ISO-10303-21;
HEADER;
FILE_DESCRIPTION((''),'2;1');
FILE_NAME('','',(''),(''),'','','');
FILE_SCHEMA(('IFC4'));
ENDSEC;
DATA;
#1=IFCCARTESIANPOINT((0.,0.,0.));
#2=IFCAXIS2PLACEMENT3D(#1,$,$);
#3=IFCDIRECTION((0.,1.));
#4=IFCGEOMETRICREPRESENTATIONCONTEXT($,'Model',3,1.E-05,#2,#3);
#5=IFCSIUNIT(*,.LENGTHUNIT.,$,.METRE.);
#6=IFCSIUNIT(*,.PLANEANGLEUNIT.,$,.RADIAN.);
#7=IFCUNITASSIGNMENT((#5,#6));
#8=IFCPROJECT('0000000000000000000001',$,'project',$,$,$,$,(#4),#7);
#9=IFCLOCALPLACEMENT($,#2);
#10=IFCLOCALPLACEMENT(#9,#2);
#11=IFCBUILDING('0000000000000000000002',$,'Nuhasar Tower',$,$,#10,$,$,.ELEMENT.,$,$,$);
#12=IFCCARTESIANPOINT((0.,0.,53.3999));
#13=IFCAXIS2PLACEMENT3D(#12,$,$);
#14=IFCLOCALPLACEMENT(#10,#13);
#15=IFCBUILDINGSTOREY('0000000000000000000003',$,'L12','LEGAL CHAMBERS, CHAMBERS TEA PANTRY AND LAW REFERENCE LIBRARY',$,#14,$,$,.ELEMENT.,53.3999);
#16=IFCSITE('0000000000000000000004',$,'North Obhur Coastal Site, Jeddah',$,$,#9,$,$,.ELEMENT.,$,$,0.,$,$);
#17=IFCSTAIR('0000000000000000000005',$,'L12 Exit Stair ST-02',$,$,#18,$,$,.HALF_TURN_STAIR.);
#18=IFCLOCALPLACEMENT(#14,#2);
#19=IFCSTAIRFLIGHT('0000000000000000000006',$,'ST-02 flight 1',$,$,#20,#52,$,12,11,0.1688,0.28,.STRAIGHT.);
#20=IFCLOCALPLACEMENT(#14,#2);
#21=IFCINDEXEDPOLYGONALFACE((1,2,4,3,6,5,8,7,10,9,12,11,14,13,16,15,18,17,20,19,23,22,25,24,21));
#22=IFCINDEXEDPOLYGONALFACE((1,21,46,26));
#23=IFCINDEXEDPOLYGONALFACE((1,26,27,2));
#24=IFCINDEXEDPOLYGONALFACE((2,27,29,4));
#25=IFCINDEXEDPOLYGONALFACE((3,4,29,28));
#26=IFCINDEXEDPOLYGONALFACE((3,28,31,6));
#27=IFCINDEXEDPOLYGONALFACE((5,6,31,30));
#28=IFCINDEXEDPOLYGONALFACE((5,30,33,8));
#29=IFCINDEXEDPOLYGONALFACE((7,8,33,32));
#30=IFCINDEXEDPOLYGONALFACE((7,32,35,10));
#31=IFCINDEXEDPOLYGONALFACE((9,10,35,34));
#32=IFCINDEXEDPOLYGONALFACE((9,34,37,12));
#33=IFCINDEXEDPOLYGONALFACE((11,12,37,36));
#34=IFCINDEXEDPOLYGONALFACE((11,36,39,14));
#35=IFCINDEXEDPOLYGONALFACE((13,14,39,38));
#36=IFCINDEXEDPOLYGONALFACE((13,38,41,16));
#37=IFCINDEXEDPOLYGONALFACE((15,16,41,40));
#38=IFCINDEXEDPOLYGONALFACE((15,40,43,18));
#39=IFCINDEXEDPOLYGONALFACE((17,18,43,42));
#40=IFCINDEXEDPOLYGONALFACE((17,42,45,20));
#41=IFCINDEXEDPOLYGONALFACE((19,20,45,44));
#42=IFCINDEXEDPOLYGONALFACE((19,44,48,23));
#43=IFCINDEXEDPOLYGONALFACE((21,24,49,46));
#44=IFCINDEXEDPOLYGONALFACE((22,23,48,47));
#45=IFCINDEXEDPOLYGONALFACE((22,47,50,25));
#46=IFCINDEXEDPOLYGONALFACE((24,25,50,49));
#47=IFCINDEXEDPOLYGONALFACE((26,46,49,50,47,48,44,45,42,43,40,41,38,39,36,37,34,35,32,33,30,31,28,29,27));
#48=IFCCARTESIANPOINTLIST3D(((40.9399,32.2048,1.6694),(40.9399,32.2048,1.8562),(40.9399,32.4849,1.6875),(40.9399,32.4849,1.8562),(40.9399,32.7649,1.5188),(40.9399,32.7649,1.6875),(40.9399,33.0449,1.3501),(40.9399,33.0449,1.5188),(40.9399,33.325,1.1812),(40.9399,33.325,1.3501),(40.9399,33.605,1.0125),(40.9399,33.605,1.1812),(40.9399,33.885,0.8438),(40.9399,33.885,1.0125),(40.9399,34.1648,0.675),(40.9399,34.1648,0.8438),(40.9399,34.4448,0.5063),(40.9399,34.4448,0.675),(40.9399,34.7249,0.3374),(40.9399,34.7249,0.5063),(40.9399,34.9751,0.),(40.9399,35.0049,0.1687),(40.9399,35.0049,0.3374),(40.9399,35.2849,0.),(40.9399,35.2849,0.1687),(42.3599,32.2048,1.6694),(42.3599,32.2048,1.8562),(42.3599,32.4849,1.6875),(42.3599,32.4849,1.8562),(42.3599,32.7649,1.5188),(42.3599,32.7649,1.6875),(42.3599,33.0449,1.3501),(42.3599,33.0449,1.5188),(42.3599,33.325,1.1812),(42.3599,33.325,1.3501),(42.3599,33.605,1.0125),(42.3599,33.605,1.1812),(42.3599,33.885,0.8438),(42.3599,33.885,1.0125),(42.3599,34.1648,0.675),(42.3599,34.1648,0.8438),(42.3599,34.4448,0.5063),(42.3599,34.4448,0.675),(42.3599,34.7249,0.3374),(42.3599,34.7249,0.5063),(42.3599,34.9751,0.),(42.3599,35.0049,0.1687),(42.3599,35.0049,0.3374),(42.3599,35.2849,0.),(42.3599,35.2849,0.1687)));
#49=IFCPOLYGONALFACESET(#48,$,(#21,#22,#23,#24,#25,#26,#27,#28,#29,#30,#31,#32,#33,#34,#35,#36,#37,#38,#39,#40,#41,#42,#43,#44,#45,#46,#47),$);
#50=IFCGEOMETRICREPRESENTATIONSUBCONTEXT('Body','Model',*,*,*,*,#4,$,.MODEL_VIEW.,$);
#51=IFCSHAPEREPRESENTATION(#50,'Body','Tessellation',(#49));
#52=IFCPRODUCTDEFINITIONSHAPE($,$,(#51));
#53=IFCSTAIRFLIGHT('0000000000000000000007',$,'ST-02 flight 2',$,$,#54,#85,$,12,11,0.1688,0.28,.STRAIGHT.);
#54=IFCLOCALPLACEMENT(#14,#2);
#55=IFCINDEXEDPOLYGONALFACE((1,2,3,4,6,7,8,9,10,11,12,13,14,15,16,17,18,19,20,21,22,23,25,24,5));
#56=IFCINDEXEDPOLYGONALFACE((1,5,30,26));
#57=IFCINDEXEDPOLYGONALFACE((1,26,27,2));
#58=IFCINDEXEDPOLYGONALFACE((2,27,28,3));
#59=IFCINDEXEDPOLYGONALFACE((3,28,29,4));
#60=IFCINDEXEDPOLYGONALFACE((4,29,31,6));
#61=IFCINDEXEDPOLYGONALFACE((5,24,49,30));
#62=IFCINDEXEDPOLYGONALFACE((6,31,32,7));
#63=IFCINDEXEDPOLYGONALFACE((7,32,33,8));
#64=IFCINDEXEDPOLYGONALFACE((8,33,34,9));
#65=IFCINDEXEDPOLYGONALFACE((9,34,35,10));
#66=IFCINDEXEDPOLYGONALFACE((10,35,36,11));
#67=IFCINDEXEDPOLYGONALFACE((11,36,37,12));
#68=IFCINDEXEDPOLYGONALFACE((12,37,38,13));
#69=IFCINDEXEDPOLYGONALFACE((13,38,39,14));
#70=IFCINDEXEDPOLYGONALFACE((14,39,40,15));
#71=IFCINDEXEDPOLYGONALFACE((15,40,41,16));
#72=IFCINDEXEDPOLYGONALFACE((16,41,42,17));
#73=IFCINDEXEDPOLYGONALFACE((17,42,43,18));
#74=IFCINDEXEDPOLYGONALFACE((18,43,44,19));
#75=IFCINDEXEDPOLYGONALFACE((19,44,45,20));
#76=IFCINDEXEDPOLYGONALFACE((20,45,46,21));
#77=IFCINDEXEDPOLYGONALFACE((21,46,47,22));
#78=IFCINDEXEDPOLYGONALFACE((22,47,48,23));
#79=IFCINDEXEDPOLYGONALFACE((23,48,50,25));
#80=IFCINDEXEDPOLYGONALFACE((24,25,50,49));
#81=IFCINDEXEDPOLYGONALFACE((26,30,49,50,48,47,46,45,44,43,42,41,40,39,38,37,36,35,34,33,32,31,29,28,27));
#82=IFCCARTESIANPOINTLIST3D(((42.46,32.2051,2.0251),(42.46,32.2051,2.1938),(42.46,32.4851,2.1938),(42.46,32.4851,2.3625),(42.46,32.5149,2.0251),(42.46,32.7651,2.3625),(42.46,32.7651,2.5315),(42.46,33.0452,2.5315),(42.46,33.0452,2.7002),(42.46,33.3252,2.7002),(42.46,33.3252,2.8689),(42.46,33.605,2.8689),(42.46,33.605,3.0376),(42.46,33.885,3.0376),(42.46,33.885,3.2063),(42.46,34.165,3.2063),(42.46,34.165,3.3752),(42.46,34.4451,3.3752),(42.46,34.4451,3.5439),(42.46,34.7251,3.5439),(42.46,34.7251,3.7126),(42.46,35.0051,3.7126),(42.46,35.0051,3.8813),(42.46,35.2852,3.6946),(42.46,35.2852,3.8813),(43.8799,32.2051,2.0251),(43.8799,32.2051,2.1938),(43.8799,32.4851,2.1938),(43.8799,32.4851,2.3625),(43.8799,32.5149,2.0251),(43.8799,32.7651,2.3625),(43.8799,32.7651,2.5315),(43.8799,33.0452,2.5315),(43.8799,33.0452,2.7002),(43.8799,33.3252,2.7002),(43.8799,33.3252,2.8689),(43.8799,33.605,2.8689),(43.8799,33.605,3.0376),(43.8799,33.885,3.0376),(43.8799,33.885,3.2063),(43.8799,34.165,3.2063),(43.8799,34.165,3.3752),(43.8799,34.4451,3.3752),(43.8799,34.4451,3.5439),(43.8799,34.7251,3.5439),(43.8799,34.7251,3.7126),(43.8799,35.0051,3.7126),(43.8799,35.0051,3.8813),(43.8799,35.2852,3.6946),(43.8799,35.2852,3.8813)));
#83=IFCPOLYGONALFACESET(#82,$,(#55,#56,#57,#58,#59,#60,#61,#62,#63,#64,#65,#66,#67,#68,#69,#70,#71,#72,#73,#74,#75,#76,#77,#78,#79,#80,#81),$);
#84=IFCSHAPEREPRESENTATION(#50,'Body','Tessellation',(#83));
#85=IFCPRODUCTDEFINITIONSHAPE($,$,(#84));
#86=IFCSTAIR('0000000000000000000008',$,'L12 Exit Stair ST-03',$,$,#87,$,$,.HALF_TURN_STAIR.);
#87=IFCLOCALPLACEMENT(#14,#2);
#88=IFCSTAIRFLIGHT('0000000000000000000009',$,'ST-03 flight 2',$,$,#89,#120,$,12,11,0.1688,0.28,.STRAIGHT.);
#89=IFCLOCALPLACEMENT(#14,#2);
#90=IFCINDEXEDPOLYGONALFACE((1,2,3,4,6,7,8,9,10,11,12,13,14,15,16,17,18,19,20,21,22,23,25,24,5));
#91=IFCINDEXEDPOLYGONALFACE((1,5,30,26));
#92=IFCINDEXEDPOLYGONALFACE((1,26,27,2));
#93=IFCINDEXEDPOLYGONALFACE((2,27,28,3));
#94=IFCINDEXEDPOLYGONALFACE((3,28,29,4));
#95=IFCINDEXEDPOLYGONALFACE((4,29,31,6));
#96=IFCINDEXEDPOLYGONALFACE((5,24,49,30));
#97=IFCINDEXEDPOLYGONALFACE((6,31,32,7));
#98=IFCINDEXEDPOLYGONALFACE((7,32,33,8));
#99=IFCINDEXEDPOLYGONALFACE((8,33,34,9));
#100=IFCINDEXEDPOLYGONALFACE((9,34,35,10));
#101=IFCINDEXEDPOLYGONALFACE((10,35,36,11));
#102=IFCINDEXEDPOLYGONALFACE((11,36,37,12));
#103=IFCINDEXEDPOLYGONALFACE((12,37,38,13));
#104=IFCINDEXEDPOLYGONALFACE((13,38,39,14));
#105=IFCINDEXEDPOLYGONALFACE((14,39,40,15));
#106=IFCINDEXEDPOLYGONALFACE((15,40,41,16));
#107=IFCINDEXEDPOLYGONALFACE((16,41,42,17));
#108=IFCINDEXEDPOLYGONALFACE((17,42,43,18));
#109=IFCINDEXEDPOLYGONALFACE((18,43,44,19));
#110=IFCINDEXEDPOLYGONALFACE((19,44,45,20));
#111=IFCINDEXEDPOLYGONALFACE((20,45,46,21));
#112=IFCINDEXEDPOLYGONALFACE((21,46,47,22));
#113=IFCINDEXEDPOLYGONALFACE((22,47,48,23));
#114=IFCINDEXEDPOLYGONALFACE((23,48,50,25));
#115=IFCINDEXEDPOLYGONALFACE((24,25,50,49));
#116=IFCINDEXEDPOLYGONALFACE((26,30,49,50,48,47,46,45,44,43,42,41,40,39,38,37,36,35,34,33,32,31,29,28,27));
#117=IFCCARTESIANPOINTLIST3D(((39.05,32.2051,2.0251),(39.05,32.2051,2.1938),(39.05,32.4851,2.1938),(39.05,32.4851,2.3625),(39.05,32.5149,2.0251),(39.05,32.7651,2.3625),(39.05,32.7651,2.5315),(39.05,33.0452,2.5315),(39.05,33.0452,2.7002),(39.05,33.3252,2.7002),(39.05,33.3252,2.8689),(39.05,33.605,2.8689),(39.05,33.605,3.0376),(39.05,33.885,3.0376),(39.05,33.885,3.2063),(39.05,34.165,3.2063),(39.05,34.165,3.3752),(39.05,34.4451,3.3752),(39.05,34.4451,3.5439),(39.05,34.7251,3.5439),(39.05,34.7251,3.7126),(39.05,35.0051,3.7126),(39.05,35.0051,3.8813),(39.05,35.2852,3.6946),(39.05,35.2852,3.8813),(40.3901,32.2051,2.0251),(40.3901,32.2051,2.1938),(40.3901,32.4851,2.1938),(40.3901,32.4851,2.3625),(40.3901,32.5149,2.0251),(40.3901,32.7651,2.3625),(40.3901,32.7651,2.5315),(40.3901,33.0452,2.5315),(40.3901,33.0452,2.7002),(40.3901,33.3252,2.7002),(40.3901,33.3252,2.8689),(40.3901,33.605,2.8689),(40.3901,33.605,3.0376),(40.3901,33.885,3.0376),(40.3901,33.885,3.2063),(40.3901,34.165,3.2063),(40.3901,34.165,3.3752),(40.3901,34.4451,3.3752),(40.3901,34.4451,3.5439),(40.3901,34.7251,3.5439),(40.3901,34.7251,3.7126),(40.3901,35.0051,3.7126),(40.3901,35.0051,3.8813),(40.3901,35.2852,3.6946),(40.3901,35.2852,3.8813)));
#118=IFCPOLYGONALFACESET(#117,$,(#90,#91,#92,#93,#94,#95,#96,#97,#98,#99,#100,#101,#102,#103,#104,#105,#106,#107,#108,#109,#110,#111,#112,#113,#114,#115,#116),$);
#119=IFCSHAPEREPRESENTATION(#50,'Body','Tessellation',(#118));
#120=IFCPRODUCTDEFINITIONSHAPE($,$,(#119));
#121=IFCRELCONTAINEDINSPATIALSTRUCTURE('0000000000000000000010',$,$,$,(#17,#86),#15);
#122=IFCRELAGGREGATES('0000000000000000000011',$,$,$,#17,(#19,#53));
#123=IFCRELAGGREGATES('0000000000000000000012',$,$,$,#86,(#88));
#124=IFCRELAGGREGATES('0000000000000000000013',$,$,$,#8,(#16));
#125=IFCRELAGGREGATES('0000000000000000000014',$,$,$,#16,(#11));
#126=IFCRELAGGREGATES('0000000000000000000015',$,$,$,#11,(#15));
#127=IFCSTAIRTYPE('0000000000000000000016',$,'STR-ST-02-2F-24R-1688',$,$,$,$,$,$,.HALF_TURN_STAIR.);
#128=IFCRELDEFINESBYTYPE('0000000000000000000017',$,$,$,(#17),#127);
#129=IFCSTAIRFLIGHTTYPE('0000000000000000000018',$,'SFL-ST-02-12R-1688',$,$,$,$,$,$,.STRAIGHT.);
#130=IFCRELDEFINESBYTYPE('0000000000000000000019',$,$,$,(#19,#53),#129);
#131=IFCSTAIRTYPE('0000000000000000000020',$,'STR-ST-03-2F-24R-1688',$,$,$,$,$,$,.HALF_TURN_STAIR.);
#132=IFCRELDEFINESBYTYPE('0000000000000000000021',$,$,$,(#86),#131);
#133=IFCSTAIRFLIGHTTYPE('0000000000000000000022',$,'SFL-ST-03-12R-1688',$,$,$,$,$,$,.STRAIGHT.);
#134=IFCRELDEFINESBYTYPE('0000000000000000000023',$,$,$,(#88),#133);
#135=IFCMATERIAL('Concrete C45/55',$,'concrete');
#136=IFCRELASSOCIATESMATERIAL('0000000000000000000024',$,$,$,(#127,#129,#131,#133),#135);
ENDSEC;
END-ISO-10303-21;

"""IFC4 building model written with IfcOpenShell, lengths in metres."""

from ifc_helpers import new_model, si_unit, direction, frame, origin, place, context, subcontext, project, spatial, polyline, outline, extrude, material, type_object, element, aggregate, save


model = new_model("IFC4")

# Units and contexts
model_context = context("Model", 3, precision=1e-05, world=origin(), true_north=direction((0.0, 1.0)))
body_context = subcontext(model_context, "Body", "Model", "MODEL_VIEW")
ifc_project = project(units=[si_unit("LENGTHUNIT", "METRE"), si_unit("PLANEANGLEUNIT", "RADIAN")], contexts=[model_context])

# Site, building, storey
site_placement = place(None, origin())
site = spatial("IfcSite", under=ifc_project, at=site_placement, Name="North Obhur Coastal Site, Jeddah", CompositionType="ELEMENT", RefElevation=0.0)
building_placement = place(site_placement, origin())
building = spatial("IfcBuilding", under=site, at=building_placement, Name="Nuhasar Tower", CompositionType="ELEMENT")
storey_placement = place(building_placement, frame((0.0, 0.0, 53.3999)))
storey = spatial("IfcBuildingStorey", under=building, at=storey_placement, Name="L12", Description="LEGAL CHAMBERS, CHAMBERS TEA PANTRY AND LAW REFERENCE LIBRARY", CompositionType="ELEMENT", Elevation=53.3999)

# Shared definitions
ifc_material_1 = material(Name="Concrete C45/55", Category="concrete")

# Stair, stair flights
stair_type_1 = type_object("IfcStairType", Name="STR-ST-02-2F-24R-1688", PredefinedType="HALF_TURN_STAIR", material=ifc_material_1)
stair_1_placement = place(storey_placement, origin())
stair_1 = element("IfcStair", 1, at=stair_1_placement, inside=storey, type_object=stair_type_1, Name="L12 Exit Stair ST-02", PredefinedType="HALF_TURN_STAIR")
stair_flight_type_1 = type_object("IfcStairFlightType", Name="SFL-ST-02-12R-1688", PredefinedType="STRAIGHT", material=ifc_material_1)
stair_flight_1_placement = place(storey_placement, frame((41.6499, 35.2849, 0.0), z_axis=(0.0, 0.0, 1.0), x_axis=(0.0, -1.0, 0.0)))
stair_flight_1 = element("IfcStairFlight", 2, at=stair_flight_1_placement, type_object=stair_flight_type_1, Name="ST-02 flight 1", NumberOfRisers=12, NumberOfTreads=11, PredefinedType="STRAIGHT", RiserHeight=0.1688, TreadLength=0.28, context=body_context, shape_type="SweptSolid", body=[
    extrude(outline(polyline([(0.0, 0.0), (0.0, 0.1687), (0.28, 0.1687), (0.28, 0.3374), (0.5601, 0.3374), (0.5601, 0.5063), (0.8401, 0.5063), (0.8401, 0.675), (1.1201, 0.675), (1.1201, 0.8438), (1.3999, 0.8438), (1.3999, 1.0125), (1.6799, 1.0125), (1.6799, 1.1812), (1.96, 1.1812), (1.96, 1.3501), (2.24, 1.3501), (2.24, 1.5188), (2.52, 1.5188), (2.52, 1.6875), (2.8, 1.6875), (2.8, 1.8562), (3.0801, 1.8562), (3.0801, 2.0249), (3.0801, 1.6694), (0.3098, 0.0), (0.0, 0.0)])), frame((0.0, 0.71, 0.0), z_axis=(0.0, -1.0, 0.0), x_axis=(1.0, 0.0, 0.0)), (0.0, 0.0, 1.0), 1.4199),
])
stair_flight_2_placement = place(storey_placement, frame((43.1699, 32.2051, 2.0251), z_axis=(0.0, 0.0, 1.0), x_axis=(0.0, 1.0, 0.0)))
stair_flight_2 = element("IfcStairFlight", 3, at=stair_flight_2_placement, type_object=stair_flight_type_1, Name="ST-02 flight 2", NumberOfRisers=12, NumberOfTreads=11, PredefinedType="STRAIGHT", RiserHeight=0.1688, TreadLength=0.28, context=body_context, shape_type="SweptSolid", body=[
    extrude(outline(polyline([(0.0, 0.0), (0.0, 0.1687), (0.28, 0.1687), (0.28, 0.3374), (0.5601, 0.3374), (0.5601, 0.5063), (0.8401, 0.5063), (0.8401, 0.675), (1.1201, 0.675), (1.1201, 0.8438), (1.3999, 0.8438), (1.3999, 1.0125), (1.6799, 1.0125), (1.6799, 1.1812), (1.96, 1.1812), (1.96, 1.3501), (2.24, 1.3501), (2.24, 1.5188), (2.52, 1.5188), (2.52, 1.6875), (2.8, 1.6875), (2.8, 1.8562), (3.0801, 1.8562), (3.0801, 2.0249), (3.0801, 1.6694), (0.3098, 0.0), (0.0, 0.0)])), frame((0.0, 0.71, 0.0), z_axis=(0.0, -1.0, 0.0), x_axis=(1.0, 0.0, 0.0)), (0.0, 0.0, 1.0), 1.4199),
])
aggregate(stair_1, [stair_flight_1, stair_flight_2])

# Stair, stair flight
stair_type_2 = type_object("IfcStairType", Name="STR-ST-03-2F-24R-1688", PredefinedType="HALF_TURN_STAIR", material=ifc_material_1)
stair_2_placement = place(storey_placement, origin())
stair_2 = element("IfcStair", 4, at=stair_2_placement, inside=storey, type_object=stair_type_2, Name="L12 Exit Stair ST-03", PredefinedType="HALF_TURN_STAIR")
stair_flight_type_2 = type_object("IfcStairFlightType", Name="SFL-ST-03-12R-1688", PredefinedType="STRAIGHT", material=ifc_material_1)
stair_flight_3_placement = place(storey_placement, frame((39.72, 32.2051, 2.0251), z_axis=(0.0, 0.0, 1.0), x_axis=(0.0, 1.0, 0.0)))
stair_flight_3 = element("IfcStairFlight", 5, at=stair_flight_3_placement, type_object=stair_flight_type_2, Name="ST-03 flight 2", NumberOfRisers=12, NumberOfTreads=11, PredefinedType="STRAIGHT", RiserHeight=0.1688, TreadLength=0.28, context=body_context, shape_type="SweptSolid", body=[
    extrude(outline(polyline([(0.0, 0.0), (0.0, 0.1687), (0.28, 0.1687), (0.28, 0.3374), (0.5601, 0.3374), (0.5601, 0.5063), (0.8401, 0.5063), (0.8401, 0.675), (1.1201, 0.675), (1.1201, 0.8438), (1.3999, 0.8438), (1.3999, 1.0125), (1.6799, 1.0125), (1.6799, 1.1812), (1.96, 1.1812), (1.96, 1.3501), (2.24, 1.3501), (2.24, 1.5188), (2.52, 1.5188), (2.52, 1.6875), (2.8, 1.6875), (2.8, 1.8562), (3.0801, 1.8562), (3.0801, 2.0249), (3.0801, 1.6694), (0.3098, 0.0), (0.0, 0.0)])), frame((0.0, 0.6699, 0.0), z_axis=(0.0, -1.0, 0.0), x_axis=(1.0, 0.0, 0.0)), (0.0, 0.0, 1.0), 1.3401),
])
aggregate(stair_2, [stair_flight_3])

save(model, "model.ifc")
